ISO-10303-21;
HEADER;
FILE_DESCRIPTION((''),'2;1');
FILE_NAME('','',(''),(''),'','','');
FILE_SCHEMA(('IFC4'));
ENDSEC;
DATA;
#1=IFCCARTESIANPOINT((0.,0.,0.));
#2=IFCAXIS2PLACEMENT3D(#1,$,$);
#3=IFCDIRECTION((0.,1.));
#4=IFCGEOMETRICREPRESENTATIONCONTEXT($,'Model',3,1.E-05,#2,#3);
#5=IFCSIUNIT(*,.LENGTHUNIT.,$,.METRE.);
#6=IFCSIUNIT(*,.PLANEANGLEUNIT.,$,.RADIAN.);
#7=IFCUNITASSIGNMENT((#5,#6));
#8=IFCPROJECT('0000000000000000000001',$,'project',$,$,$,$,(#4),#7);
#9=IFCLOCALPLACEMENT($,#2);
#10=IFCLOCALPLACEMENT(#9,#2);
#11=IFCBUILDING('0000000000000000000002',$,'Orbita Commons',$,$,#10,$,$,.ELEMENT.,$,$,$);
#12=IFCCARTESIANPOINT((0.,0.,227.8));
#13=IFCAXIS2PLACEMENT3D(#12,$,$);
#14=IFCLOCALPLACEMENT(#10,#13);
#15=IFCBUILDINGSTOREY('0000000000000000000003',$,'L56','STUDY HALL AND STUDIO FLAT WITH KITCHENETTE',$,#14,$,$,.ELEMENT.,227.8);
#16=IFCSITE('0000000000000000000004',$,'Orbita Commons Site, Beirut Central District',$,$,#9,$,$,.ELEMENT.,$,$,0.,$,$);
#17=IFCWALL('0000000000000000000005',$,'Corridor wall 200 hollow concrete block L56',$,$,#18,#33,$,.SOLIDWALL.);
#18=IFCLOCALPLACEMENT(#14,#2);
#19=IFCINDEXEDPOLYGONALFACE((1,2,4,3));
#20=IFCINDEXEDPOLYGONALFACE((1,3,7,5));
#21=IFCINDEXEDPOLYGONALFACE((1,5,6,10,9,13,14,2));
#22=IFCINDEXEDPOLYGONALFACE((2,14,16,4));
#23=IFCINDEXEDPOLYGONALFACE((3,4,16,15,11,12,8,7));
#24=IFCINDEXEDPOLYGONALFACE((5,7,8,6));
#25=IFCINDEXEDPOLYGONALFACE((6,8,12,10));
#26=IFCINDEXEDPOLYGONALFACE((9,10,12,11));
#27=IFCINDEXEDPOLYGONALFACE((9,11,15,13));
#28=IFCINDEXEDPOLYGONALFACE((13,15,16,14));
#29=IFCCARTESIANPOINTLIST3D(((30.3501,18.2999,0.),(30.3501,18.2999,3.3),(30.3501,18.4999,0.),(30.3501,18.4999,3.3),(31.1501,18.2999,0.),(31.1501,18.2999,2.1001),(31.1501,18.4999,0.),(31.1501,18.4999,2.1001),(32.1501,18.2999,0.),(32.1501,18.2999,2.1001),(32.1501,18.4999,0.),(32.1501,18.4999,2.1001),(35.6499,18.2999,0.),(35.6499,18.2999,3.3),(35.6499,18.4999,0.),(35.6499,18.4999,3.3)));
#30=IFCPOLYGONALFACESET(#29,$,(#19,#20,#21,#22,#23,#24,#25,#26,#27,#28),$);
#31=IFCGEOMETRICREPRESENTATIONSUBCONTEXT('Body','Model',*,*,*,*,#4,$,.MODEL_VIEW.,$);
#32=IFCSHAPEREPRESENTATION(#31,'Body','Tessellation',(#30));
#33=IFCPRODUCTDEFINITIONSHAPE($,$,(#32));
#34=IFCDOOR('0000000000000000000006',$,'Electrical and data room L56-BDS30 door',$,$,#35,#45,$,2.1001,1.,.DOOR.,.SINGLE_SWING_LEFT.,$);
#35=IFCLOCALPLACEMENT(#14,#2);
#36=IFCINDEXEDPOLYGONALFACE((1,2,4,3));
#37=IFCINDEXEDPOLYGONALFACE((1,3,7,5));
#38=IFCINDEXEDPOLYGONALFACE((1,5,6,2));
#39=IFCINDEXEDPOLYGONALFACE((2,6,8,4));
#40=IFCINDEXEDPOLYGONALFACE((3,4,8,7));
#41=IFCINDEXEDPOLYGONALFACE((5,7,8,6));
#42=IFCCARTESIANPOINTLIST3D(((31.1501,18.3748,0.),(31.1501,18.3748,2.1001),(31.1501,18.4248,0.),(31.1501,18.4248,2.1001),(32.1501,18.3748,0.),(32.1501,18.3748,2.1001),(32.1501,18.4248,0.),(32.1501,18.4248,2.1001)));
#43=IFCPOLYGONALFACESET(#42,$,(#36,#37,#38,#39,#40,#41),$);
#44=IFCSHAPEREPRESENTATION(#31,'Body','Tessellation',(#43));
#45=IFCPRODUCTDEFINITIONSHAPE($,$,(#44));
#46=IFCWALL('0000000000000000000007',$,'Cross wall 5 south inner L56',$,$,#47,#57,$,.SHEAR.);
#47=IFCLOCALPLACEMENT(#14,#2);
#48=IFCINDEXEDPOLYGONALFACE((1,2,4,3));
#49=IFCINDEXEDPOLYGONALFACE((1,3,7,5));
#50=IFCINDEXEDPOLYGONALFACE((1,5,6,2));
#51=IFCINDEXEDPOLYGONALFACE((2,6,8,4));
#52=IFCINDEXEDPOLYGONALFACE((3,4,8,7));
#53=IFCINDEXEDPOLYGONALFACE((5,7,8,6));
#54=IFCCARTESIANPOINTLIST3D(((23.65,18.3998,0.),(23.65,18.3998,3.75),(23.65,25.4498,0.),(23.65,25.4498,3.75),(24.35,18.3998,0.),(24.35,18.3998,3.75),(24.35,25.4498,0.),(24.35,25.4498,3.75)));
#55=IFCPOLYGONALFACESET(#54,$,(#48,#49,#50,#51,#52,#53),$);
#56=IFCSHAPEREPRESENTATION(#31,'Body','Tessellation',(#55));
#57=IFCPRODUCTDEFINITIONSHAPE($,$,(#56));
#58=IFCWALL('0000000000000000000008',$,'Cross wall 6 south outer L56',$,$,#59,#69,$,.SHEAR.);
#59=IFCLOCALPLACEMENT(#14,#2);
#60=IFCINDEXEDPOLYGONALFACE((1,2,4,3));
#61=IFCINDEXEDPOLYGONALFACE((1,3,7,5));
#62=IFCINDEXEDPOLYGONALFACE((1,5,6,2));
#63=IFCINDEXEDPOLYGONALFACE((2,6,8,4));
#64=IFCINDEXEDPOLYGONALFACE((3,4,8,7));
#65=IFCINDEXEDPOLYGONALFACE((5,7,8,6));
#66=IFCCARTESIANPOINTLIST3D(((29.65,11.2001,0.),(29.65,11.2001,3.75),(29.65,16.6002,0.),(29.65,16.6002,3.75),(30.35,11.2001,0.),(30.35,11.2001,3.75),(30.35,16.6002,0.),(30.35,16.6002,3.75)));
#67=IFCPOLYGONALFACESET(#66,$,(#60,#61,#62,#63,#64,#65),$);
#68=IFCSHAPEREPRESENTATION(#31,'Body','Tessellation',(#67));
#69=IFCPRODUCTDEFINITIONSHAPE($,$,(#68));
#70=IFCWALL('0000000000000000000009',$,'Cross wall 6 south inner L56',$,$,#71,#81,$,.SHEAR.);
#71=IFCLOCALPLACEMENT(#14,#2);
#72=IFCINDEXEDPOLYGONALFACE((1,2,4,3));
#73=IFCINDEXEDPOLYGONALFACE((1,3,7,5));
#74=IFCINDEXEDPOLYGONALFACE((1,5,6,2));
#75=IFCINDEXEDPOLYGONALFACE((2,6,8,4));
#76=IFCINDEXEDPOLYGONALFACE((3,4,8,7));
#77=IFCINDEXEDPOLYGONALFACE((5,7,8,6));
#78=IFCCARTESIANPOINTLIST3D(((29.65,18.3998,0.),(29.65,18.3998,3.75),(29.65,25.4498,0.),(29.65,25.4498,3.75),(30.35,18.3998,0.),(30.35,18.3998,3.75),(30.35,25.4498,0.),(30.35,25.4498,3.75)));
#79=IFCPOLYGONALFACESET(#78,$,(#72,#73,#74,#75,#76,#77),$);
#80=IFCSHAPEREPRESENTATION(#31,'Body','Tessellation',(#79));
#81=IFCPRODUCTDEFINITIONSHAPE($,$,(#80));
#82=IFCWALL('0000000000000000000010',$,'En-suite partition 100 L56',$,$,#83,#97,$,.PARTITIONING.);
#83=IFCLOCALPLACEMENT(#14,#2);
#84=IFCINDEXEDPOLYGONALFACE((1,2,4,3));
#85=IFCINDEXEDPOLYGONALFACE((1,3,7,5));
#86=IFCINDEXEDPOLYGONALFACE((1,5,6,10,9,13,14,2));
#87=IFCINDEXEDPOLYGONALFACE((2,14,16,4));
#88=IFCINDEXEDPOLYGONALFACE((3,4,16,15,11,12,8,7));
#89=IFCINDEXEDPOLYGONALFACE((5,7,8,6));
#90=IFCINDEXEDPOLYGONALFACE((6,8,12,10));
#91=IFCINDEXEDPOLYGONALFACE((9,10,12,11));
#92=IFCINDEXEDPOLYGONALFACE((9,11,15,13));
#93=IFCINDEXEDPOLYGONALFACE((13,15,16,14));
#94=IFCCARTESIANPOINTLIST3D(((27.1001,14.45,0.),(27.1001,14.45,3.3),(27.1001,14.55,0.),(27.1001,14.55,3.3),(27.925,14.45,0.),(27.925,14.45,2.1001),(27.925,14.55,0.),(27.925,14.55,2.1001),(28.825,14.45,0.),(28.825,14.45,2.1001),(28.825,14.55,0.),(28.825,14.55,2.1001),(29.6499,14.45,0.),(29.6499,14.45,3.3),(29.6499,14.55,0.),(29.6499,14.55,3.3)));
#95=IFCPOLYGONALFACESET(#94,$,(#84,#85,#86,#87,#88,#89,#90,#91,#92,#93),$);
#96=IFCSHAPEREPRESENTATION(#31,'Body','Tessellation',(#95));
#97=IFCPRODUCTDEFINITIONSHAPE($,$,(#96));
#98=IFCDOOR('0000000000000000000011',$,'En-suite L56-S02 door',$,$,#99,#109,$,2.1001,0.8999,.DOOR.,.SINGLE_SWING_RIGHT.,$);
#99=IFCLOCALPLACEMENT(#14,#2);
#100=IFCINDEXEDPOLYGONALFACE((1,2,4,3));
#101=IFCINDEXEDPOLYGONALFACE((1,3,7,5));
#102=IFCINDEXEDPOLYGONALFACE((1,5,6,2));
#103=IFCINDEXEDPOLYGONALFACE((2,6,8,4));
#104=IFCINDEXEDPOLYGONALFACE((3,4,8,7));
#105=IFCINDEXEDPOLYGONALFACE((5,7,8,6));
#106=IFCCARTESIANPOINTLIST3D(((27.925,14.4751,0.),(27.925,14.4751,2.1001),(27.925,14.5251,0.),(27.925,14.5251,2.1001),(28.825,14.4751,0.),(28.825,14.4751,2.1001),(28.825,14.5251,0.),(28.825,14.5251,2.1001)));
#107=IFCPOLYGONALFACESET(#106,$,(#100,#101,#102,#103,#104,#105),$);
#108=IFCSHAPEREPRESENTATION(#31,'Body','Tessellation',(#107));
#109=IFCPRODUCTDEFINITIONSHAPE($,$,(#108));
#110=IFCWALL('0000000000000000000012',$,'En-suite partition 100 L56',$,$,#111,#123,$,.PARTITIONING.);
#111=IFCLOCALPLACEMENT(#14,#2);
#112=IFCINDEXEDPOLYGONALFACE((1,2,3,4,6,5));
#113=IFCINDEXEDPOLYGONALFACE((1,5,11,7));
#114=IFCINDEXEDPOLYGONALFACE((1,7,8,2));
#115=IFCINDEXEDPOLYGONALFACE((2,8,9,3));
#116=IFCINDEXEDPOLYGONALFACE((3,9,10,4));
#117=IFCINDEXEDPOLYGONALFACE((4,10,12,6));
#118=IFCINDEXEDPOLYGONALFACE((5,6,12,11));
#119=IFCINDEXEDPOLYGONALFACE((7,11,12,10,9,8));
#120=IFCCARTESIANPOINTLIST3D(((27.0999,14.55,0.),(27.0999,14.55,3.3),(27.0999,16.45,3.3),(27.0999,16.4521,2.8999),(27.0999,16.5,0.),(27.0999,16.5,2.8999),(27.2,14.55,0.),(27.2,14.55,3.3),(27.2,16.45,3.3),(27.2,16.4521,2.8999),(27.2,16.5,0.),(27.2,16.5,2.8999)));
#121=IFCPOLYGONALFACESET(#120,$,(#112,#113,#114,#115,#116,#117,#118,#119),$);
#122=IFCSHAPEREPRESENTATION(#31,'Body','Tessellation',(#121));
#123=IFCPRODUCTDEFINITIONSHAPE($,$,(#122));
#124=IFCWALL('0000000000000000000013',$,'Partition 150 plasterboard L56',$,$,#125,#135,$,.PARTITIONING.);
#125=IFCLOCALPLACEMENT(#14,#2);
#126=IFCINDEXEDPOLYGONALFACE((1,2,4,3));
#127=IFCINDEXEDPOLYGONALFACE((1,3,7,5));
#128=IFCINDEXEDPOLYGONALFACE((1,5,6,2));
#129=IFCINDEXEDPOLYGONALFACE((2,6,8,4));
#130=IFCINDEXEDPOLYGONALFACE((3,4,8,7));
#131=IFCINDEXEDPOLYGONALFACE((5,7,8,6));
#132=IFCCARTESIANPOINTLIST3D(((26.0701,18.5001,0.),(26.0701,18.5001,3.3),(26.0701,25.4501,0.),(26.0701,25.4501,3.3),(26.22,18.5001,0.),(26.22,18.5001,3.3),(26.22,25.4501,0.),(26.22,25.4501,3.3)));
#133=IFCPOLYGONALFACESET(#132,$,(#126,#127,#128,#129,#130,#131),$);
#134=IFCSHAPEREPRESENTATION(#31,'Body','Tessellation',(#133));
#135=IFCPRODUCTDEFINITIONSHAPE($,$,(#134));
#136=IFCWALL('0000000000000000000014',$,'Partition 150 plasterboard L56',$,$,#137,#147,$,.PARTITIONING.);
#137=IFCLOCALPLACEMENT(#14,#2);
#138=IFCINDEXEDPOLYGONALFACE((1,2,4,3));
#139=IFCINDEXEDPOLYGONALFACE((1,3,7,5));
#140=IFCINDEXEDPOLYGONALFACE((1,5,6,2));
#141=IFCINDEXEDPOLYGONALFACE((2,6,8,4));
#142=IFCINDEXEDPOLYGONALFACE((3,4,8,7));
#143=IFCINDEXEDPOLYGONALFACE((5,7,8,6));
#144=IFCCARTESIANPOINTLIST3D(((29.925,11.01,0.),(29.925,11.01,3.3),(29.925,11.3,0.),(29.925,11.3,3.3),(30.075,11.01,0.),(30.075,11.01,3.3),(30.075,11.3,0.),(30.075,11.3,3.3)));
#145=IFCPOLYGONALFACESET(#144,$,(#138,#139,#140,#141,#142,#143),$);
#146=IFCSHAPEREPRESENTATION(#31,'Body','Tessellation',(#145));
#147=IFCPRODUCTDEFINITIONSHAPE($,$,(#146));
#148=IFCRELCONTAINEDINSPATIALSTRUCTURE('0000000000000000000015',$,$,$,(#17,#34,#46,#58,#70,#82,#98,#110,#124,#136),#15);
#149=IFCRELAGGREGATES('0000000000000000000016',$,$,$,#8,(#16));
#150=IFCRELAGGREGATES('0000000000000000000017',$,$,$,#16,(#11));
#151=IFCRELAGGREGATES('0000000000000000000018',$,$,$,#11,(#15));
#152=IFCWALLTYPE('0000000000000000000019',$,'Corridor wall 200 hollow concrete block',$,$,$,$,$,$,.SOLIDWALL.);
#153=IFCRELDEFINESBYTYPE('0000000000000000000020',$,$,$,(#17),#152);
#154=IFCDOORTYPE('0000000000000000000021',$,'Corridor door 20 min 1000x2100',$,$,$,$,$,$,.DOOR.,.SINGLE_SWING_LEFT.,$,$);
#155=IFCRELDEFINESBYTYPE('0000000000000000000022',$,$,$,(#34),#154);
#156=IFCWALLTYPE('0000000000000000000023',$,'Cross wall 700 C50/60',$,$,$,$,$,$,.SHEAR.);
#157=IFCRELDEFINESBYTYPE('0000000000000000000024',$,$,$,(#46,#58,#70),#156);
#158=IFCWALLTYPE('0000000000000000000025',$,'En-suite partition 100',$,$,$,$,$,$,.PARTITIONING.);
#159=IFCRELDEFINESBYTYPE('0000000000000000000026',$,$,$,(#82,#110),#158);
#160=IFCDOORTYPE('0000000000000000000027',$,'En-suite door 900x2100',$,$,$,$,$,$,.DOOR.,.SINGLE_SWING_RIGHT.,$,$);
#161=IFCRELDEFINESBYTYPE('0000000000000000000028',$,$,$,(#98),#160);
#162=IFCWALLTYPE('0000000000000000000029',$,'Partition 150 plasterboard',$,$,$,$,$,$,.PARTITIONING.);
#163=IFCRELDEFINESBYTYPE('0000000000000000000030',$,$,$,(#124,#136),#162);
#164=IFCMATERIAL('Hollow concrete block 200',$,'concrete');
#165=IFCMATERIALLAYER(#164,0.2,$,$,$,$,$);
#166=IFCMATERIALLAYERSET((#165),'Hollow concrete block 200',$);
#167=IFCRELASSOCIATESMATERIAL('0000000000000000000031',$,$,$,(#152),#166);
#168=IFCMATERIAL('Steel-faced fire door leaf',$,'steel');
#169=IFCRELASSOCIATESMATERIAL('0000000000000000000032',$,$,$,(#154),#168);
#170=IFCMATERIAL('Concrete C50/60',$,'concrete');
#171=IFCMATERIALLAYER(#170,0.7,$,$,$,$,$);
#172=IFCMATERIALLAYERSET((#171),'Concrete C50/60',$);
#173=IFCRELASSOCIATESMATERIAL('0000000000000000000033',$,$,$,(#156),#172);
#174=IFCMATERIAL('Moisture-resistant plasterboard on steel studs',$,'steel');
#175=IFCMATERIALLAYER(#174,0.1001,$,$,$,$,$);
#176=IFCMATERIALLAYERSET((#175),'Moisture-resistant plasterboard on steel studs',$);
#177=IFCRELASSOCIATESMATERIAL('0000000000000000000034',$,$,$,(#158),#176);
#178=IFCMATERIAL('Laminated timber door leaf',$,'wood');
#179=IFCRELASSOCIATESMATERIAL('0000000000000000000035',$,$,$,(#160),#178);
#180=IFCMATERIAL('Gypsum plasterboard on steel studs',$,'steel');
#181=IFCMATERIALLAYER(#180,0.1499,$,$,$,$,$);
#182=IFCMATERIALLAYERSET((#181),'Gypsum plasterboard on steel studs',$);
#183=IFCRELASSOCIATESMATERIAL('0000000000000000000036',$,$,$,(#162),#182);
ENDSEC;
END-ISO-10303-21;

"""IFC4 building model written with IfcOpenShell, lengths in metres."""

from ifc_helpers import new_model, si_unit, direction, frame, frame_2d, origin, place, context, subcontext, project, spatial, polyline, rectangle, outline, extrude, material, layer, layer_set, type_object, element, fill, save


model = new_model("IFC4")

# Units and contexts
model_context = context("Model", 3, precision=1e-05, world=origin(), true_north=direction((0.0, 1.0)))
body_context = subcontext(model_context, "Body", "Model", "MODEL_VIEW")
ifc_project = project(units=[si_unit("LENGTHUNIT", "METRE"), si_unit("PLANEANGLEUNIT", "RADIAN")], contexts=[model_context])

# Site, building, storey
site_placement = place(None, origin())
site = spatial("IfcSite", under=ifc_project, at=site_placement, Name="Orbita Commons Site, Beirut Central District", CompositionType="ELEMENT", RefElevation=0.0)
building_placement = place(site_placement, origin())
building = spatial("IfcBuilding", under=site, at=building_placement, Name="Orbita Commons", CompositionType="ELEMENT")
storey_placement = place(building_placement, frame((0.0, 0.0, 227.8)))
storey = spatial("IfcBuildingStorey", under=building, at=storey_placement, Name="L56", Description="STUDY HALL AND STUDIO FLAT WITH KITCHENETTE", CompositionType="ELEMENT", Elevation=227.8)

# Shared definitions
ifc_material_1 = material(Name="Hollow concrete block 200", Category="concrete")
ifc_layer_1 = layer(ifc_material_1, 0.2)
ifc_layer_set_1 = layer_set([ifc_layer_1], Name="Hollow concrete block 200")
wall_type_1 = type_object("IfcWallType", Name="Corridor wall 200 hollow concrete block", PredefinedType="SOLIDWALL", material=ifc_layer_set_1)

# Wall, opening, door
wall_1_placement = place(storey_placement, frame((30.3501, 18.3999, 0.0), z_axis=(0.0, 0.0, 1.0), x_axis=(1.0, 0.0, 0.0)))
wall_1 = element("IfcWall", 1, at=wall_1_placement, inside=storey, type_object=wall_type_1, Name="Corridor wall 200 hollow concrete block L56", PredefinedType="SOLIDWALL", context=body_context, shape_type="SweptSolid", body=[
    extrude(rectangle(XDim=5.2998, YDim=0.2, at=frame_2d((2.6499, 0.0))), origin(), (0.0, 0.0, 1.0), 3.3),
])
opening_1_placement = place(wall_1_placement, frame((0.8, 0.0, 0.0)))
opening_1 = element("IfcOpeningElement", 2, at=opening_1_placement, cuts=wall_1, PredefinedType="OPENING", context=body_context, shape_type="SweptSolid", body=[
    extrude(rectangle(XDim=1.0, YDim=2.1001, at=frame_2d((0.5, 1.05))), frame((0.0, 0.1099, 0.0), z_axis=(0.0, -1.0, 0.0), x_axis=(1.0, 0.0, 0.0)), (0.0, 0.0, 1.0), 0.22),
])
ifc_material_2 = material(Name="Steel-faced fire door leaf", Category="steel")
door_type_1 = type_object("IfcDoorType", Name="Corridor door 20 min 1000x2100", OperationType="SINGLE_SWING_LEFT", PredefinedType="DOOR", material=ifc_material_2)
door_1_placement = place(opening_1_placement, origin())
door_1 = element("IfcDoor", 3, at=door_1_placement, inside=storey, type_object=door_type_1, Name="Electrical and data room L56-BDS30 door", OperationType="SINGLE_SWING_LEFT", OverallHeight=2.1001, OverallWidth=1.0, PredefinedType="DOOR", context=body_context, shape_type="SweptSolid", body=[
    extrude(rectangle(XDim=1.0, YDim=2.1001, at=frame_2d((0.5, 1.05))), frame((0.0, 0.0249, 0.0), z_axis=(0.0, -1.0, 0.0), x_axis=(1.0, 0.0, 0.0)), (0.0, 0.0, 1.0), 0.05),
])
fill(opening_1, door_1)

# Walls
ifc_material_3 = material(Name="Concrete C50/60", Category="concrete")
ifc_layer_2 = layer(ifc_material_3, 0.7)
ifc_layer_set_2 = layer_set([ifc_layer_2], Name="Concrete C50/60")
wall_type_2 = type_object("IfcWallType", Name="Cross wall 700 C50/60", PredefinedType="SHEAR", material=ifc_layer_set_2)
wall_2_placement = place(storey_placement, frame((24.0, 18.3999, 0.0), z_axis=(0.0, 0.0, 1.0), x_axis=(0.0, 1.0, 0.0)))
element("IfcWall", 4, at=wall_2_placement, inside=storey, type_object=wall_type_2, Name="Cross wall 5 south inner L56", PredefinedType="SHEAR", context=body_context, shape_type="SweptSolid", body=[
    extrude(rectangle(XDim=7.05, YDim=0.7, at=frame_2d((3.5249, 0.0))), origin(), (0.0, 0.0, 1.0), 3.75),
])
wall_3_placement = place(storey_placement, frame((30.0, 11.2, 0.0), z_axis=(0.0, 0.0, 1.0), x_axis=(0.0, 1.0, 0.0)))
element("IfcWall", 5, at=wall_3_placement, inside=storey, type_object=wall_type_2, Name="Cross wall 6 south outer L56", PredefinedType="SHEAR", context=body_context, shape_type="SweptSolid", body=[
    extrude(rectangle(XDim=5.4001, YDim=0.7, at=frame_2d((2.7002, 0.0))), origin(), (0.0, 0.0, 1.0), 3.75),
])
wall_4_placement = place(storey_placement, frame((30.0, 18.3999, 0.0), z_axis=(0.0, 0.0, 1.0), x_axis=(0.0, 1.0, 0.0)))
element("IfcWall", 6, at=wall_4_placement, inside=storey, type_object=wall_type_2, Name="Cross wall 6 south inner L56", PredefinedType="SHEAR", context=body_context, shape_type="SweptSolid", body=[
    extrude(rectangle(XDim=7.05, YDim=0.7, at=frame_2d((3.5249, 0.0))), origin(), (0.0, 0.0, 1.0), 3.75),
])

# Wall, opening, door
ifc_material_4 = material(Name="Moisture-resistant plasterboard on steel studs", Category="steel")
ifc_layer_3 = layer(ifc_material_4, 0.1001)
ifc_layer_set_3 = layer_set([ifc_layer_3], Name="Moisture-resistant plasterboard on steel studs")
wall_type_3 = type_object("IfcWallType", Name="En-suite partition 100", PredefinedType="PARTITIONING", material=ifc_layer_set_3)
wall_5_placement = place(storey_placement, frame((29.6499, 14.5, 0.0), z_axis=(0.0, 0.0, 1.0), x_axis=(-1.0, 0.0, 0.0)))
wall_5 = element("IfcWall", 7, at=wall_5_placement, inside=storey, type_object=wall_type_3, Name="En-suite partition 100 L56", PredefinedType="PARTITIONING", context=body_context, shape_type="SweptSolid", body=[
    extrude(rectangle(XDim=2.5498, YDim=0.1001, at=frame_2d((1.2749, 0.0))), origin(), (0.0, 0.0, 1.0), 3.3),
])
opening_2_placement = place(wall_5_placement, frame((0.825, 0.0, 0.0)))
opening_2 = element("IfcOpeningElement", 8, at=opening_2_placement, cuts=wall_5, PredefinedType="OPENING", context=body_context, shape_type="SweptSolid", body=[
    extrude(rectangle(XDim=0.8999, YDim=2.1001, at=frame_2d((0.45, 1.05))), frame((0.0, 0.0601, 0.0), z_axis=(0.0, -1.0, 0.0), x_axis=(1.0, 0.0, 0.0)), (0.0, 0.0, 1.0), 0.1201),
])
ifc_material_5 = material(Name="Laminated timber door leaf", Category="wood")
door_type_2 = type_object("IfcDoorType", Name="En-suite door 900x2100", OperationType="SINGLE_SWING_RIGHT", PredefinedType="DOOR", material=ifc_material_5)
door_2_placement = place(opening_2_placement, origin())
door_2 = element("IfcDoor", 9, at=door_2_placement, inside=storey, type_object=door_type_2, Name="En-suite L56-S02 door", OperationType="SINGLE_SWING_RIGHT", OverallHeight=2.1001, OverallWidth=0.8999, PredefinedType="DOOR", context=body_context, shape_type="SweptSolid", body=[
    extrude(rectangle(XDim=0.8999, YDim=2.1001, at=frame_2d((0.45, 1.05))), frame((0.0, 0.0249, 0.0), z_axis=(0.0, -1.0, 0.0), x_axis=(1.0, 0.0, 0.0)), (0.0, 0.0, 1.0), 0.05),
])
fill(opening_2, door_2)

# Walls
wall_6_placement = place(storey_placement, frame((27.1499, 14.55, 0.0), z_axis=(0.0, 0.0, 1.0), x_axis=(0.0, 1.0, 0.0)))
element("IfcWall", 10, at=wall_6_placement, inside=storey, type_object=wall_type_3, Name="En-suite partition 100 L56", PredefinedType="PARTITIONING", context=body_context, shape_type="SweptSolid", body=[
    extrude(outline(polyline([(0.0, 0.0), (1.95, 0.0), (1.95, 2.8999), (1.9021, 2.8999), (1.8999, 3.3), (0.0, 3.3), (0.0, 0.0)])), frame((0.0, 0.05, 0.0), z_axis=(0.0, -1.0, 0.0), x_axis=(1.0, 0.0, 0.0)), (0.0, 0.0, 1.0), 0.1001),
])
ifc_material_6 = material(Name="Gypsum plasterboard on steel studs", Category="steel")
ifc_layer_4 = layer(ifc_material_6, 0.1499)
ifc_layer_set_4 = layer_set([ifc_layer_4], Name="Gypsum plasterboard on steel studs")
wall_type_4 = type_object("IfcWallType", Name="Partition 150 plasterboard", PredefinedType="PARTITIONING", material=ifc_layer_set_4)
wall_7_placement = place(storey_placement, frame((26.145, 18.5, 0.0), z_axis=(0.0, 0.0, 1.0), x_axis=(0.0, 1.0, 0.0)))
element("IfcWall", 11, at=wall_7_placement, inside=storey, type_object=wall_type_4, Name="Partition 150 plasterboard L56", PredefinedType="PARTITIONING", context=body_context, shape_type="SweptSolid", body=[
    extrude(rectangle(XDim=6.95, YDim=0.1499, at=frame_2d((3.4751, 0.0))), origin(), (0.0, 0.0, 1.0), 3.3),
])
wall_8_placement = place(storey_placement, frame((30.0, 11.3, 0.0), z_axis=(0.0, 0.0, 1.0), x_axis=(0.0, -1.0, 0.0)))
element("IfcWall", 12, at=wall_8_placement, inside=storey, type_object=wall_type_4, Name="Partition 150 plasterboard L56", PredefinedType="PARTITIONING", context=body_context, shape_type="SweptSolid", body=[
    extrude(rectangle(XDim=0.29, YDim=0.1499, at=frame_2d((0.145, 0.0))), origin(), (0.0, 0.0, 1.0), 3.3),
])

save(model, "model.ifc")
